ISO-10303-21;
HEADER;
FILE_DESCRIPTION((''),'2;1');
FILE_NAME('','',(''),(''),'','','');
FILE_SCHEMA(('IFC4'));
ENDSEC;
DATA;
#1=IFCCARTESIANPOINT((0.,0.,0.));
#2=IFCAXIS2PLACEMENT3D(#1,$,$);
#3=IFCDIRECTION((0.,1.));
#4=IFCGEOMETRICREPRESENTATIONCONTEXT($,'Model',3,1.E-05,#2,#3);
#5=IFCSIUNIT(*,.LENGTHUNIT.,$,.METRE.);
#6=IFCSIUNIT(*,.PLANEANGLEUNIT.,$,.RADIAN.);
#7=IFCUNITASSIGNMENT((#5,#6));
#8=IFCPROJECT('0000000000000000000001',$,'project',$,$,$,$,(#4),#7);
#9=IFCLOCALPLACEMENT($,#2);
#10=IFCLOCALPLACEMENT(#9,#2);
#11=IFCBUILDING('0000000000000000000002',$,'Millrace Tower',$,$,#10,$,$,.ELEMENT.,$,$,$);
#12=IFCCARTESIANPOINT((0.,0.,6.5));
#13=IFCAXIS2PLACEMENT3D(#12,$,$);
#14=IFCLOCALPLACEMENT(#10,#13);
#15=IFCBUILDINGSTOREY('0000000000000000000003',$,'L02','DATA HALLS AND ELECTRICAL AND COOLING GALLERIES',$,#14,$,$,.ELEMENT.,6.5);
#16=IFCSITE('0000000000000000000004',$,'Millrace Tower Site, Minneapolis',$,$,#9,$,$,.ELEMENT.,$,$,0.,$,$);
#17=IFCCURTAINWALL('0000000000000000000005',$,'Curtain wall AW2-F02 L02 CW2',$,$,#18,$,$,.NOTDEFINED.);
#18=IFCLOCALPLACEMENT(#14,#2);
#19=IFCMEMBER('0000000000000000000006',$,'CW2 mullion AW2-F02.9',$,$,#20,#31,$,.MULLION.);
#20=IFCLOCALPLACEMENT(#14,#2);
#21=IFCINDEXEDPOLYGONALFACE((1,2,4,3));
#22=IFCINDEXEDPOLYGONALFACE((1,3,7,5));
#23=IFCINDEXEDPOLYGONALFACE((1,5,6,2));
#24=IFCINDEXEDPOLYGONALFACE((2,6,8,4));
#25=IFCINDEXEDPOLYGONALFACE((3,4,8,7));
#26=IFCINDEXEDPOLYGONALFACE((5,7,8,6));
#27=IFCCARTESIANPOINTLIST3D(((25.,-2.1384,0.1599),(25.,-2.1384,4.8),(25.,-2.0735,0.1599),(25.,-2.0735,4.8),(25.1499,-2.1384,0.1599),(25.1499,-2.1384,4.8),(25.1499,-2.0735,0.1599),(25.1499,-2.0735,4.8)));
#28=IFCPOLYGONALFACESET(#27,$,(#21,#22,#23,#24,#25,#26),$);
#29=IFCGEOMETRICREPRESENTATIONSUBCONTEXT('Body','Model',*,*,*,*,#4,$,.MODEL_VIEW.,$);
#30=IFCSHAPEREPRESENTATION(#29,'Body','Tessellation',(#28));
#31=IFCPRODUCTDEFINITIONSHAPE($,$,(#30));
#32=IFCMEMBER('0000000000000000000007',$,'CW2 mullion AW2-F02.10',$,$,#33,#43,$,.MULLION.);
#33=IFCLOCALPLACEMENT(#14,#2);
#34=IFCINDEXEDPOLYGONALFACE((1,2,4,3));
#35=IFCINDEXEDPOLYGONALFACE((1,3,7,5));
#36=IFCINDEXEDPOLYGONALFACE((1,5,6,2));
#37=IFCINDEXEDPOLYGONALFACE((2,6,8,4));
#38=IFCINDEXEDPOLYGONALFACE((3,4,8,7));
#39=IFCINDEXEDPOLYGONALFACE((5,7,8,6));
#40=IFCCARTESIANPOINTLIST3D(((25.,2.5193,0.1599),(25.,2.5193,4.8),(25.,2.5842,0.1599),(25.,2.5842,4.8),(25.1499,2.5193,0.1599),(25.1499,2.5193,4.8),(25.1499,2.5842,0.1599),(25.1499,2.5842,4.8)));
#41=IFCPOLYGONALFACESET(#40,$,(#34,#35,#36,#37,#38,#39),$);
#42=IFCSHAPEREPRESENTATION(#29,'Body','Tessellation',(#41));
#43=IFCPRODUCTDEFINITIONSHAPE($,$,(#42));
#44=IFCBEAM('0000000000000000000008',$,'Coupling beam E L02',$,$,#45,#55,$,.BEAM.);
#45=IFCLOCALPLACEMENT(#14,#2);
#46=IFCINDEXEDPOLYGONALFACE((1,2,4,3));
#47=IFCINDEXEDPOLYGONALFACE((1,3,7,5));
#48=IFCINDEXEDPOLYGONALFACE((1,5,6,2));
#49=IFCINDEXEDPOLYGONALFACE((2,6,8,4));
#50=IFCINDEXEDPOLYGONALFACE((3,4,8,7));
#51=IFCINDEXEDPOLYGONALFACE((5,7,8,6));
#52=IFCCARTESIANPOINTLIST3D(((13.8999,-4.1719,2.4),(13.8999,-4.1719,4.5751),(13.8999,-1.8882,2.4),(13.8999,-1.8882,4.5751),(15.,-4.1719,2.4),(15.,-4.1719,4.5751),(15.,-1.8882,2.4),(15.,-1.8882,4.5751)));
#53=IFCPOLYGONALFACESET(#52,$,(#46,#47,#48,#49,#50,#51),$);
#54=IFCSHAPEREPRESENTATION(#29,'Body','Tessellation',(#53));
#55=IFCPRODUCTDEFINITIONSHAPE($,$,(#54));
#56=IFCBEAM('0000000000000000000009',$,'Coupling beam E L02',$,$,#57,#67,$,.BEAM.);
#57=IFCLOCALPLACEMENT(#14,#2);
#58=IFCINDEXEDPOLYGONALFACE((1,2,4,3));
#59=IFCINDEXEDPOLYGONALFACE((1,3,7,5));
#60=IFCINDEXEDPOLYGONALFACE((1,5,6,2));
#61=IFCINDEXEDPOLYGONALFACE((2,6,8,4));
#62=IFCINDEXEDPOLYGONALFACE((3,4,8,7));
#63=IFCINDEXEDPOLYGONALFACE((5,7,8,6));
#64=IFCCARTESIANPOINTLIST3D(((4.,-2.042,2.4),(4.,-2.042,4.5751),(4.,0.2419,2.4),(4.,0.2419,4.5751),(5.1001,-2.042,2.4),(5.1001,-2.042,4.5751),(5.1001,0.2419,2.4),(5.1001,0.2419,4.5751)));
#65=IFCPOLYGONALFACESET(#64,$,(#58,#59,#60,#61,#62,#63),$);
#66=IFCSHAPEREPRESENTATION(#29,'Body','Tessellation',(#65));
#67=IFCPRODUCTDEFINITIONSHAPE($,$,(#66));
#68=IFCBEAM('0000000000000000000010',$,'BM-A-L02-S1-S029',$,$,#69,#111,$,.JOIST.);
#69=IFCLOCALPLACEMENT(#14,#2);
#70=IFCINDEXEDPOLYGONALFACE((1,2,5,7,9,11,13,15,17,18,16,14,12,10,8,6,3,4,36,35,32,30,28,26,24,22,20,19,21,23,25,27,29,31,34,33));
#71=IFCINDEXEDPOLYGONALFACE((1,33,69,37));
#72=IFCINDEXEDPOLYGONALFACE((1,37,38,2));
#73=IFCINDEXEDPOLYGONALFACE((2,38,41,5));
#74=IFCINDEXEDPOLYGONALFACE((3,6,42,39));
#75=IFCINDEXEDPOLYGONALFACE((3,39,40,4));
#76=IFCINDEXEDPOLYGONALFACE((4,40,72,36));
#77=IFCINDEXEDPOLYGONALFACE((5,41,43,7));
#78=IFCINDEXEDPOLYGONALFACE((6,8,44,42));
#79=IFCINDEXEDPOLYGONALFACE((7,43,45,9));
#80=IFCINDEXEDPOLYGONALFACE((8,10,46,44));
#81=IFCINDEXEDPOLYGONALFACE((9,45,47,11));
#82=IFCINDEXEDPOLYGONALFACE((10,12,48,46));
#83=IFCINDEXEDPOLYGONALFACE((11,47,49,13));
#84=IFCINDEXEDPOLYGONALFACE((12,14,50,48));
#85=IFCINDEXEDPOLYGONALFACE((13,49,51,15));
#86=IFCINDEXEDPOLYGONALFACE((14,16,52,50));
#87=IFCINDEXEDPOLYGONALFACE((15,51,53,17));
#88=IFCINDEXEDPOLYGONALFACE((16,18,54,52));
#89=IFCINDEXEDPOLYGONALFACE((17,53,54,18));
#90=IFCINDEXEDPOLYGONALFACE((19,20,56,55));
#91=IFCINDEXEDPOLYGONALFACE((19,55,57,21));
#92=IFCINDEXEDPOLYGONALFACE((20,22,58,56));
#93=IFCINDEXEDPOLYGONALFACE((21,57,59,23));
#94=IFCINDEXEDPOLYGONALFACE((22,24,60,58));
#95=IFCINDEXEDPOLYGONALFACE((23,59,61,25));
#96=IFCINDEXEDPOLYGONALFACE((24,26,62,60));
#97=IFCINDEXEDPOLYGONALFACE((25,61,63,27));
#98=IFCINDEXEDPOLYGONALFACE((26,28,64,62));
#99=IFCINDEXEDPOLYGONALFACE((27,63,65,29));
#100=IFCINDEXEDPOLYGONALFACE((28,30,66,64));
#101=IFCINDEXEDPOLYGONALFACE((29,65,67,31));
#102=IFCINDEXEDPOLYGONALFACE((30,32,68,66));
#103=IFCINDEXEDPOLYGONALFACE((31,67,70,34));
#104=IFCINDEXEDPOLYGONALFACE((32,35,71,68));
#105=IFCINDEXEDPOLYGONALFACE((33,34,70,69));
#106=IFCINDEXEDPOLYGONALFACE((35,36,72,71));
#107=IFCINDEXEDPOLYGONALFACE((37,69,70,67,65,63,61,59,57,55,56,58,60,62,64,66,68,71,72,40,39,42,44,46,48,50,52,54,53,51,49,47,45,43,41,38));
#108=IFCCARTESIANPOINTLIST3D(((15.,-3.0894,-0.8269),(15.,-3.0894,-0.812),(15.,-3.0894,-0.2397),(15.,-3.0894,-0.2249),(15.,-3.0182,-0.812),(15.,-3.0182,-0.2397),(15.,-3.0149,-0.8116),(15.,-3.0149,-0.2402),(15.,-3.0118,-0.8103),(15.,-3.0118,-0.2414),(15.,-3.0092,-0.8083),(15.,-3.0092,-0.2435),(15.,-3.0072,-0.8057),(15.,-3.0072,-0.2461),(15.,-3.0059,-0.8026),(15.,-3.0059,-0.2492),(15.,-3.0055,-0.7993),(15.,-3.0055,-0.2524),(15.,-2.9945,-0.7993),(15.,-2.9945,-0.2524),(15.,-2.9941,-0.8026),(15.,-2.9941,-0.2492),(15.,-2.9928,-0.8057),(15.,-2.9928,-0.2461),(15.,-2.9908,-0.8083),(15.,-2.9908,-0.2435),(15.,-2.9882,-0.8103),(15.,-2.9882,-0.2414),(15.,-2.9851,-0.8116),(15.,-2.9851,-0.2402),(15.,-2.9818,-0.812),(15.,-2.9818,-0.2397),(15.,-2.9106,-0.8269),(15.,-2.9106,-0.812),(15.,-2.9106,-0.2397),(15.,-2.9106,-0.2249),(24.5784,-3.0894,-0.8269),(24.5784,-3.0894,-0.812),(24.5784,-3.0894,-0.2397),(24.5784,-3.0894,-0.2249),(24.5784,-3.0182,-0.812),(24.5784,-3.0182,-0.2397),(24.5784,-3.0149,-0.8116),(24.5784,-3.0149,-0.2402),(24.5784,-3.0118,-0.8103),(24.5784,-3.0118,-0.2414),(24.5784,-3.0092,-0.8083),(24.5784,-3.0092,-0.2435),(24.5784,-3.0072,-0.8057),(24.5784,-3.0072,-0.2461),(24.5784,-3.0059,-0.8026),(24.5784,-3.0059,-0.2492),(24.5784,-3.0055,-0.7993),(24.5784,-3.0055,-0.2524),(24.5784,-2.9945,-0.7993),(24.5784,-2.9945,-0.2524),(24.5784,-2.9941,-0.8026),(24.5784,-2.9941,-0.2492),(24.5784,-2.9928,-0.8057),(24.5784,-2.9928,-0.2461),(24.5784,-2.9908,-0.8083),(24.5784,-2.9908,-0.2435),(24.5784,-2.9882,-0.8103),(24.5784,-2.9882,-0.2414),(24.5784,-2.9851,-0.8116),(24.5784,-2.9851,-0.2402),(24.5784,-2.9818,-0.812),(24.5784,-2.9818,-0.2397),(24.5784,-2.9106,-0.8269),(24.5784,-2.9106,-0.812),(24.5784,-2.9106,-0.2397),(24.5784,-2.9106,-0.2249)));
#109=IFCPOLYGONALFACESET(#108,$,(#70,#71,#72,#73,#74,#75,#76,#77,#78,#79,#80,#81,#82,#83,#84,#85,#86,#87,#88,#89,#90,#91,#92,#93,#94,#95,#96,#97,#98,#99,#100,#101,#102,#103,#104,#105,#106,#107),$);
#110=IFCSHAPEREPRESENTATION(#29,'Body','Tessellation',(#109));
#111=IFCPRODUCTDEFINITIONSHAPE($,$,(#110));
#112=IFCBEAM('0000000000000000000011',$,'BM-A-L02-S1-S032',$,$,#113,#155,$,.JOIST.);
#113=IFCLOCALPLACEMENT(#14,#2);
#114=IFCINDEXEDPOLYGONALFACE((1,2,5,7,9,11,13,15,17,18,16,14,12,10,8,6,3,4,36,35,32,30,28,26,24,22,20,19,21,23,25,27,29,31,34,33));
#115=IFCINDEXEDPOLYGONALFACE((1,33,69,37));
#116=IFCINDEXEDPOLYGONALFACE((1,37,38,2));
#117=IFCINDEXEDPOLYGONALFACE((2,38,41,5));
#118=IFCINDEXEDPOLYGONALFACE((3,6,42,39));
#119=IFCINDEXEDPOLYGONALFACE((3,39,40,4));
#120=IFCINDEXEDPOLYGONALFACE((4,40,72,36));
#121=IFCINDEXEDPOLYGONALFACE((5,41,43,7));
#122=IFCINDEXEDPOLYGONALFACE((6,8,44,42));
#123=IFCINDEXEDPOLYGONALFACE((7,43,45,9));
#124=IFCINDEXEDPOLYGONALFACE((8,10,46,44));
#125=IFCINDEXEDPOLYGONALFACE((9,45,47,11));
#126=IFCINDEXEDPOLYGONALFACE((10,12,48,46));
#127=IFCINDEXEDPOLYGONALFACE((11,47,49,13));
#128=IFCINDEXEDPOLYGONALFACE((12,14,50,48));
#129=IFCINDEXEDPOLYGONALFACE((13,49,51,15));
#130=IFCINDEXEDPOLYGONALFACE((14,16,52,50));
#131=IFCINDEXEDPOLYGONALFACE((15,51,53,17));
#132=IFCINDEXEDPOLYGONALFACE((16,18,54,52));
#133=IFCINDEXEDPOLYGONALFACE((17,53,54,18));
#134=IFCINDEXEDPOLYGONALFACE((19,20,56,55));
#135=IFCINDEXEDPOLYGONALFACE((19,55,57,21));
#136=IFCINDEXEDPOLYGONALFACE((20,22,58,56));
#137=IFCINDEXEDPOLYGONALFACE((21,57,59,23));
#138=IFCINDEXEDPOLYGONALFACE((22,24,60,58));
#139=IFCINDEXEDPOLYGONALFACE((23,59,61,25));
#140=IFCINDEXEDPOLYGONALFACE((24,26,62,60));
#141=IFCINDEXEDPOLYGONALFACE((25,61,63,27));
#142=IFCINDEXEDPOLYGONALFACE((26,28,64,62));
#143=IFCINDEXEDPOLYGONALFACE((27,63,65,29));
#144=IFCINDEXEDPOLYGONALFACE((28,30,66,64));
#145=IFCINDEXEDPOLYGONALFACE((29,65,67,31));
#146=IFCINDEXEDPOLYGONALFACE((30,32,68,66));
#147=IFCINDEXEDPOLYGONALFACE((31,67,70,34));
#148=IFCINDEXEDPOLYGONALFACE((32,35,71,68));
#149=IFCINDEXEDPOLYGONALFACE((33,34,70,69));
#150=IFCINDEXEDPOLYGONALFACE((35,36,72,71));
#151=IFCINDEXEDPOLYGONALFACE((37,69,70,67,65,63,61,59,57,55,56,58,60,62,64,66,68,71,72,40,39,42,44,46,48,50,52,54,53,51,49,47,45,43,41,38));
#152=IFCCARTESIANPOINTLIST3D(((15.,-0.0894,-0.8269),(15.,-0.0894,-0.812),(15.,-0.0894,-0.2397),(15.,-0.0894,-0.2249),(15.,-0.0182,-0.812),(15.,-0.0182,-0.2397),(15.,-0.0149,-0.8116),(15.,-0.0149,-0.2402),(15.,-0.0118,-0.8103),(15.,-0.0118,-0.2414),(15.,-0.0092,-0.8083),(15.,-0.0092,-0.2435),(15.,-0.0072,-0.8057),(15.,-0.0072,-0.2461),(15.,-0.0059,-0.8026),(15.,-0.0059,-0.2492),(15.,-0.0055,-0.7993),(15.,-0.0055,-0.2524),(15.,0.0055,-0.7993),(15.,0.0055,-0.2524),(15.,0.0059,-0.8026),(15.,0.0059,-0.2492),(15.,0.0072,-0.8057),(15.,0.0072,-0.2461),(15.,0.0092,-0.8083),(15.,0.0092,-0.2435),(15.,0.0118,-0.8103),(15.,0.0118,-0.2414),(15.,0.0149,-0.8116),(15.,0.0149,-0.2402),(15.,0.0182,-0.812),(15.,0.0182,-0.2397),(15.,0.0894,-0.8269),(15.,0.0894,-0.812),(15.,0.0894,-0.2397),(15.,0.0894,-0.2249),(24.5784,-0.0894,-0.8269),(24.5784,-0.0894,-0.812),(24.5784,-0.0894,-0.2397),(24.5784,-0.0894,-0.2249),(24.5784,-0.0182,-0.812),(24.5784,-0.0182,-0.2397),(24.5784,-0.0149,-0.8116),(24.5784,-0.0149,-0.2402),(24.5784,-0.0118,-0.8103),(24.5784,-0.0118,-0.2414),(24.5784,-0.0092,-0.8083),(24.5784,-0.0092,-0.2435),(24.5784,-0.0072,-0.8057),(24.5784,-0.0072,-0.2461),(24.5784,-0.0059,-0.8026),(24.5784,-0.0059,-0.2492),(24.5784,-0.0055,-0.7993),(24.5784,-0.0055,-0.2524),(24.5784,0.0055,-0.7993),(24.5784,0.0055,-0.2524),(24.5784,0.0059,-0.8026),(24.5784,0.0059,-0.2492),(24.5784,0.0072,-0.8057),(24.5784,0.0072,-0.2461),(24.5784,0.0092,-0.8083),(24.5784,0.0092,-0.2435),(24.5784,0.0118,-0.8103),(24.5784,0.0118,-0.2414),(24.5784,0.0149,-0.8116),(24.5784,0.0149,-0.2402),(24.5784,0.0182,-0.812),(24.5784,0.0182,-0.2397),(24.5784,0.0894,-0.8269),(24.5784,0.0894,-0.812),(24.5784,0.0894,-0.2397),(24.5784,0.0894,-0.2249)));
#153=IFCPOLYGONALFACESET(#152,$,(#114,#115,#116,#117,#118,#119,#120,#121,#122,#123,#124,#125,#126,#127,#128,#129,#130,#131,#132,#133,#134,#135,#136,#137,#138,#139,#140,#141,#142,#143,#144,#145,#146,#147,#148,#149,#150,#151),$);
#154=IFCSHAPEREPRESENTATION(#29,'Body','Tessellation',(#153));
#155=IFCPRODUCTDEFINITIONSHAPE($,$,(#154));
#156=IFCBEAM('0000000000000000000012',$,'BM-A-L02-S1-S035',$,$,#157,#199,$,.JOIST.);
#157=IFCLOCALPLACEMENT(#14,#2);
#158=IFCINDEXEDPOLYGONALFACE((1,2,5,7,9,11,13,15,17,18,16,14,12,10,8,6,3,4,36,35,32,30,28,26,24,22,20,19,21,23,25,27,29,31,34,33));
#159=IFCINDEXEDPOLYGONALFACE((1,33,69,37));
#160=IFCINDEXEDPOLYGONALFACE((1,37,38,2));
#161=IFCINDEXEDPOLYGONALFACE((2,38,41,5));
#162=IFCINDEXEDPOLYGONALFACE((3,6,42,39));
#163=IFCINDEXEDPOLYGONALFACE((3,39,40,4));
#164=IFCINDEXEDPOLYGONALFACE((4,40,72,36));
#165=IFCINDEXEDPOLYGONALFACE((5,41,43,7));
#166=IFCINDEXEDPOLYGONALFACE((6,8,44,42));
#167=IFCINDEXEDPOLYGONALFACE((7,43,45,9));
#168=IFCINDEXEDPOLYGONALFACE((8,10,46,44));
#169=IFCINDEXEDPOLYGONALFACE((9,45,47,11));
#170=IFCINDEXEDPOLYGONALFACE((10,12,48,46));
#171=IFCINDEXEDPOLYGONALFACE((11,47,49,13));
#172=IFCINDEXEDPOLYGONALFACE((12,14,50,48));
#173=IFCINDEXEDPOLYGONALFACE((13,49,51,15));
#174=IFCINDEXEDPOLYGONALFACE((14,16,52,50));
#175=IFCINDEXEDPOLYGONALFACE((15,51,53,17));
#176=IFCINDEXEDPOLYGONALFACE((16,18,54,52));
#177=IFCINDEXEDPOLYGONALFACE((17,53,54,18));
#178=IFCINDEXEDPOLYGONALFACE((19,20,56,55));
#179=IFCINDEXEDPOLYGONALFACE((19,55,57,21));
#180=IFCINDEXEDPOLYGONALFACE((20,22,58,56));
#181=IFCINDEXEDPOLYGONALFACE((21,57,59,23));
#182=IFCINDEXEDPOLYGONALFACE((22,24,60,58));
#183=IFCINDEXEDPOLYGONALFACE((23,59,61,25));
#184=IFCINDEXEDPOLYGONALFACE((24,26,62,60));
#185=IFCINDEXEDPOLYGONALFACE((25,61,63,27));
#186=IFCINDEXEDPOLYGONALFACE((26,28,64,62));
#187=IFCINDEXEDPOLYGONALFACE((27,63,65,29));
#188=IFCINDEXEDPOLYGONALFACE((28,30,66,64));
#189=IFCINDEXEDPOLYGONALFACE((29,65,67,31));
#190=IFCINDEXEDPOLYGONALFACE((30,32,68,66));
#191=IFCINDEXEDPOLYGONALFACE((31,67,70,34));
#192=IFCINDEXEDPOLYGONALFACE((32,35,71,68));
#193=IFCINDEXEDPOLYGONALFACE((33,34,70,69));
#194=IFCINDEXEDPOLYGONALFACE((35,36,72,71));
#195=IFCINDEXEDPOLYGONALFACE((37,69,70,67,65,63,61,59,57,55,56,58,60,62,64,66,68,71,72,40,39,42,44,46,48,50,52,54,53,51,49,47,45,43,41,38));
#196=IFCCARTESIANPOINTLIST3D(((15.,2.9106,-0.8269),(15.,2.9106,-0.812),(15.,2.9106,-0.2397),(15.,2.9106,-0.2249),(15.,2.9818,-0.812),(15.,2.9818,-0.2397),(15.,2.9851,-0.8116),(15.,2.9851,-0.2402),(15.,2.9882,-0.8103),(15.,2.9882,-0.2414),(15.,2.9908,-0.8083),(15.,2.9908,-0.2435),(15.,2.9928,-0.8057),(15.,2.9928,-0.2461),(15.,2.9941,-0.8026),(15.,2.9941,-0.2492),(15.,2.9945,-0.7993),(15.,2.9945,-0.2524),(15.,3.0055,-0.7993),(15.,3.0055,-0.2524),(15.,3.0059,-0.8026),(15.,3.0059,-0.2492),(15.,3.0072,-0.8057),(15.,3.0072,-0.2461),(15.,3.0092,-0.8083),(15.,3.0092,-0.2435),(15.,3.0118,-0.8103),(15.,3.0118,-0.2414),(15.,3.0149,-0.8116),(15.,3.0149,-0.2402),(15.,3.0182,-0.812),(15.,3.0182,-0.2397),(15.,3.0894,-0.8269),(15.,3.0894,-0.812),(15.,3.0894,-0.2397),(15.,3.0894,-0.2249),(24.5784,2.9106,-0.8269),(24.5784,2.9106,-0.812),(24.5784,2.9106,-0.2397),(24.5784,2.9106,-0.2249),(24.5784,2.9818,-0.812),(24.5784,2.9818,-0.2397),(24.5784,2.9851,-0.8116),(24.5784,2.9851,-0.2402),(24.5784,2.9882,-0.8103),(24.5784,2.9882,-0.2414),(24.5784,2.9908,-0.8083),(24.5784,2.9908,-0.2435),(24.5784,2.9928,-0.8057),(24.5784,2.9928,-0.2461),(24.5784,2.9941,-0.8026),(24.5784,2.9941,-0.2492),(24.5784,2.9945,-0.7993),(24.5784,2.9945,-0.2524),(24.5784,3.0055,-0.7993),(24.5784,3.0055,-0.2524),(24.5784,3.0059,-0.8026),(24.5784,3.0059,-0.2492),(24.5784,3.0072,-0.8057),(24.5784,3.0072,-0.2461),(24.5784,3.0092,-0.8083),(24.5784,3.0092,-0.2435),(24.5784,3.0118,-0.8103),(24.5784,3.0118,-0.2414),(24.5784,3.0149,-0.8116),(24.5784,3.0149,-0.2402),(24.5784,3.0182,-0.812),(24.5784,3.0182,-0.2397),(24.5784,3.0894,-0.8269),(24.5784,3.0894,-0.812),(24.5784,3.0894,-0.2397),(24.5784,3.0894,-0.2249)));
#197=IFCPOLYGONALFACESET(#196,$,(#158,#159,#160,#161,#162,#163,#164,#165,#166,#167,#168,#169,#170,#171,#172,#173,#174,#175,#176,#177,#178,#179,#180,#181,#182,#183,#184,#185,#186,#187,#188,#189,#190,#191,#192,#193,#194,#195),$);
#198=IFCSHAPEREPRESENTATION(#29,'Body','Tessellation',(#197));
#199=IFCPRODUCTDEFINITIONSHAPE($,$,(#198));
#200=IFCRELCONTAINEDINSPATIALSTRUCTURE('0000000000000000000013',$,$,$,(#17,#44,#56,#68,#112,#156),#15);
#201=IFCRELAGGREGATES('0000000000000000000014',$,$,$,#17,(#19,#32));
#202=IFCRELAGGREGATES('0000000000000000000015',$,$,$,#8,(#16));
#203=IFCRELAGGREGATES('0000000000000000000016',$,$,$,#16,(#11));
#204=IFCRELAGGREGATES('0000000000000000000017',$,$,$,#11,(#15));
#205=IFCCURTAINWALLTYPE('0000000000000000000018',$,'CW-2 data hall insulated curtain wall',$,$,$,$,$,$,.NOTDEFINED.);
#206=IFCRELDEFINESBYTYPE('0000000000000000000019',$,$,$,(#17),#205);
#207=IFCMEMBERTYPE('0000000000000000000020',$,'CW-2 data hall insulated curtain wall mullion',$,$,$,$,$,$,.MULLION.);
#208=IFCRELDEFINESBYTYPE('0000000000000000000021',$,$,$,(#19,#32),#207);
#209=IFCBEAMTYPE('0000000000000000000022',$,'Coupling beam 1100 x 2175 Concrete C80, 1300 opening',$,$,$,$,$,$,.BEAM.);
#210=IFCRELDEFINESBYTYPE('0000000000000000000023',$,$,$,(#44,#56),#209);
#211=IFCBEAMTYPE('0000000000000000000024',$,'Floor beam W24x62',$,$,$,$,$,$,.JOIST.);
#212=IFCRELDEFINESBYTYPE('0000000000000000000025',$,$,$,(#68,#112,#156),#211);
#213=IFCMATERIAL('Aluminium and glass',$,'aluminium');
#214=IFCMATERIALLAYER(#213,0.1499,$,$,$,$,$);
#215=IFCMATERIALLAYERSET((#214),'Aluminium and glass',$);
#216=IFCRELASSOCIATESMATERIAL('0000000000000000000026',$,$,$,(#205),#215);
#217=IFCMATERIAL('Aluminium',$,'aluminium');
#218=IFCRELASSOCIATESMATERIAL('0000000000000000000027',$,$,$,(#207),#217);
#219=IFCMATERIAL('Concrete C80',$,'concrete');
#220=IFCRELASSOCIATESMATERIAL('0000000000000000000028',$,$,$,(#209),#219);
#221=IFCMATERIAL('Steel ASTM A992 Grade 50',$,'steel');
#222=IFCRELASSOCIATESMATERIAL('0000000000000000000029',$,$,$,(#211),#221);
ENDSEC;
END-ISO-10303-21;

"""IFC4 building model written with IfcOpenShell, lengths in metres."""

from ifc_helpers import new_model, si_unit, direction, frame, origin, origin_2d, place, context, subcontext, project, spatial, rectangle, i_section, extrude, material, layer, layer_set, material_profile, profile_set, type_object, element, aggregate, save


model = new_model("IFC4")

# Units and contexts
model_context = context("Model", 3, precision=1e-05, world=origin(), true_north=direction((0.0, 1.0)))
body_context = subcontext(model_context, "Body", "Model", "MODEL_VIEW")
ifc_project = project(units=[si_unit("LENGTHUNIT", "METRE"), si_unit("PLANEANGLEUNIT", "RADIAN")], contexts=[model_context])

# Site, building, storey
site_placement = place(None, origin())
site = spatial("IfcSite", under=ifc_project, at=site_placement, Name="Millrace Tower Site, Minneapolis", CompositionType="ELEMENT", RefElevation=0.0)
building_placement = place(site_placement, origin())
building = spatial("IfcBuilding", under=site, at=building_placement, Name="Millrace Tower", CompositionType="ELEMENT")
storey_placement = place(building_placement, frame((0.0, 0.0, 6.5)))
storey = spatial("IfcBuildingStorey", under=building, at=storey_placement, Name="L02", Description="DATA HALLS AND ELECTRICAL AND COOLING GALLERIES", CompositionType="ELEMENT", Elevation=6.5)

# Curtain wall, members
ifc_material_1 = material(Name="Aluminium and glass", Category="aluminium")
ifc_layer_1 = layer(ifc_material_1, 0.1499)
ifc_layer_set_1 = layer_set([ifc_layer_1], Name="Aluminium and glass")
curtain_wall_type = type_object("IfcCurtainWallType", Name="CW-2 data hall insulated curtain wall", PredefinedType="NOTDEFINED", material=ifc_layer_set_1)
curtain_wall_placement = place(storey_placement, origin())
curtain_wall = element("IfcCurtainWall", 1, at=curtain_wall_placement, inside=storey, type_object=curtain_wall_type, Name="Curtain wall AW2-F02 L02 CW2", PredefinedType="NOTDEFINED")
ifc_material_2 = material(Name="Aluminium", Category="aluminium")
ifc_material_profile_1 = material_profile(ifc_material_2, rectangle(XDim=0.0649, YDim=0.1499, at=origin_2d()))
ifc_profile_set_1 = profile_set([ifc_material_profile_1], Name="Aluminium")
member_type = type_object("IfcMemberType", Name="CW-2 data hall insulated curtain wall mullion", PredefinedType="MULLION", material=ifc_profile_set_1)
member_1_placement = place(storey_placement, frame((25.075, -2.106, 0.1599), z_axis=(0.0, 0.0, 1.0), x_axis=(0.0, 1.0, 0.0)))
member_1 = element("IfcMember", 2, at=member_1_placement, type_object=member_type, Name="CW2 mullion AW2-F02.9", PredefinedType="MULLION", context=body_context, shape_type="SweptSolid", body=[
    extrude(rectangle(XDim=0.0649, YDim=0.1499, at=origin_2d()), origin(), (0.0, 0.0, 1.0), 4.6401),
])
member_2_placement = place(storey_placement, frame((25.075, 2.5518, 0.1599), z_axis=(0.0, 0.0, 1.0), x_axis=(0.0, 1.0, 0.0)))
member_2 = element("IfcMember", 3, at=member_2_placement, type_object=member_type, Name="CW2 mullion AW2-F02.10", PredefinedType="MULLION", context=body_context, shape_type="SweptSolid", body=[
    extrude(rectangle(XDim=0.0649, YDim=0.1499, at=origin_2d()), origin(), (0.0, 0.0, 1.0), 4.6401),
])
aggregate(curtain_wall, [member_1, member_2])

# Beams
ifc_material_3 = material(Name="Concrete C80", Category="concrete")
ifc_material_profile_2 = material_profile(ifc_material_3, rectangle(XDim=1.1001, YDim=2.175, at=origin_2d()))
ifc_profile_set_2 = profile_set([ifc_material_profile_2], Name="Concrete C80")
beam_type_1 = type_object("IfcBeamType", Name="Coupling beam 1100 x 2175 Concrete C80, 1300 opening", PredefinedType="BEAM", material=ifc_profile_set_2)
beam_1_placement = place(storey_placement, frame((14.45, -1.8882, 3.4875), z_axis=(0.0, -1.0, 0.0), x_axis=(1.0, 0.0, 0.0)))
element("IfcBeam", 4, at=beam_1_placement, inside=storey, type_object=beam_type_1, Name="Coupling beam E L02", PredefinedType="BEAM", context=body_context, shape_type="SweptSolid", body=[
    extrude(rectangle(XDim=1.1001, YDim=2.175, at=origin_2d()), origin(), (0.0, 0.0, 1.0), 2.2837),
])
beam_2_placement = place(storey_placement, frame((4.55, 0.2419, 3.4875), z_axis=(0.0, -1.0, 0.0), x_axis=(1.0, 0.0, 0.0)))
element("IfcBeam", 5, at=beam_2_placement, inside=storey, type_object=beam_type_1, Name="Coupling beam E L02", PredefinedType="BEAM", context=body_context, shape_type="SweptSolid", body=[
    extrude(rectangle(XDim=1.1001, YDim=2.175, at=origin_2d()), origin(), (0.0, 0.0, 1.0), 2.2839),
])
ifc_material_4 = material(Name="Steel ASTM A992 Grade 50", Category="steel")
ifc_material_profile_3 = material_profile(ifc_material_4, i_section(OverallWidth=0.1787, OverallDepth=0.6021, WebThickness=0.011, FlangeThickness=0.0149, FilletRadius=0.0127, at=origin_2d()))
ifc_profile_set_3 = profile_set([ifc_material_profile_3], Name="Steel ASTM A992 Grade 50")
beam_type_2 = type_object("IfcBeamType", Name="Floor beam W24x62", PredefinedType="JOIST", material=ifc_profile_set_3)
for number, where, z_axis, x_axis, name in (
    (6, (15.0, -3.0, -0.5259), (1.0, 0.0, 0.0), (0.0, 1.0, 0.0), "BM-A-L02-S1-S029"),
    (7, (15.0, 0.0, -0.5259), (1.0, 0.0, 0.0), (0.0, 1.0, 0.0), "BM-A-L02-S1-S032"),
    (8, (15.0, 3.0, -0.5259), (1.0, 0.0, 0.0), (0.0, 1.0, 0.0), "BM-A-L02-S1-S035"),
):
    element("IfcBeam", number, at=place(storey_placement, frame(where, z_axis=z_axis, x_axis=x_axis)), inside=storey, type_object=beam_type_2, Name=name, PredefinedType="JOIST", context=body_context, shape_type="SweptSolid", body=[
        extrude(i_section(OverallWidth=0.1787, OverallDepth=0.6021, WebThickness=0.011, FlangeThickness=0.0149, FilletRadius=0.0127, at=origin_2d()), origin(), (0.0, 0.0, 1.0), 9.5784),
    ])

save(model, "model.ifc")
